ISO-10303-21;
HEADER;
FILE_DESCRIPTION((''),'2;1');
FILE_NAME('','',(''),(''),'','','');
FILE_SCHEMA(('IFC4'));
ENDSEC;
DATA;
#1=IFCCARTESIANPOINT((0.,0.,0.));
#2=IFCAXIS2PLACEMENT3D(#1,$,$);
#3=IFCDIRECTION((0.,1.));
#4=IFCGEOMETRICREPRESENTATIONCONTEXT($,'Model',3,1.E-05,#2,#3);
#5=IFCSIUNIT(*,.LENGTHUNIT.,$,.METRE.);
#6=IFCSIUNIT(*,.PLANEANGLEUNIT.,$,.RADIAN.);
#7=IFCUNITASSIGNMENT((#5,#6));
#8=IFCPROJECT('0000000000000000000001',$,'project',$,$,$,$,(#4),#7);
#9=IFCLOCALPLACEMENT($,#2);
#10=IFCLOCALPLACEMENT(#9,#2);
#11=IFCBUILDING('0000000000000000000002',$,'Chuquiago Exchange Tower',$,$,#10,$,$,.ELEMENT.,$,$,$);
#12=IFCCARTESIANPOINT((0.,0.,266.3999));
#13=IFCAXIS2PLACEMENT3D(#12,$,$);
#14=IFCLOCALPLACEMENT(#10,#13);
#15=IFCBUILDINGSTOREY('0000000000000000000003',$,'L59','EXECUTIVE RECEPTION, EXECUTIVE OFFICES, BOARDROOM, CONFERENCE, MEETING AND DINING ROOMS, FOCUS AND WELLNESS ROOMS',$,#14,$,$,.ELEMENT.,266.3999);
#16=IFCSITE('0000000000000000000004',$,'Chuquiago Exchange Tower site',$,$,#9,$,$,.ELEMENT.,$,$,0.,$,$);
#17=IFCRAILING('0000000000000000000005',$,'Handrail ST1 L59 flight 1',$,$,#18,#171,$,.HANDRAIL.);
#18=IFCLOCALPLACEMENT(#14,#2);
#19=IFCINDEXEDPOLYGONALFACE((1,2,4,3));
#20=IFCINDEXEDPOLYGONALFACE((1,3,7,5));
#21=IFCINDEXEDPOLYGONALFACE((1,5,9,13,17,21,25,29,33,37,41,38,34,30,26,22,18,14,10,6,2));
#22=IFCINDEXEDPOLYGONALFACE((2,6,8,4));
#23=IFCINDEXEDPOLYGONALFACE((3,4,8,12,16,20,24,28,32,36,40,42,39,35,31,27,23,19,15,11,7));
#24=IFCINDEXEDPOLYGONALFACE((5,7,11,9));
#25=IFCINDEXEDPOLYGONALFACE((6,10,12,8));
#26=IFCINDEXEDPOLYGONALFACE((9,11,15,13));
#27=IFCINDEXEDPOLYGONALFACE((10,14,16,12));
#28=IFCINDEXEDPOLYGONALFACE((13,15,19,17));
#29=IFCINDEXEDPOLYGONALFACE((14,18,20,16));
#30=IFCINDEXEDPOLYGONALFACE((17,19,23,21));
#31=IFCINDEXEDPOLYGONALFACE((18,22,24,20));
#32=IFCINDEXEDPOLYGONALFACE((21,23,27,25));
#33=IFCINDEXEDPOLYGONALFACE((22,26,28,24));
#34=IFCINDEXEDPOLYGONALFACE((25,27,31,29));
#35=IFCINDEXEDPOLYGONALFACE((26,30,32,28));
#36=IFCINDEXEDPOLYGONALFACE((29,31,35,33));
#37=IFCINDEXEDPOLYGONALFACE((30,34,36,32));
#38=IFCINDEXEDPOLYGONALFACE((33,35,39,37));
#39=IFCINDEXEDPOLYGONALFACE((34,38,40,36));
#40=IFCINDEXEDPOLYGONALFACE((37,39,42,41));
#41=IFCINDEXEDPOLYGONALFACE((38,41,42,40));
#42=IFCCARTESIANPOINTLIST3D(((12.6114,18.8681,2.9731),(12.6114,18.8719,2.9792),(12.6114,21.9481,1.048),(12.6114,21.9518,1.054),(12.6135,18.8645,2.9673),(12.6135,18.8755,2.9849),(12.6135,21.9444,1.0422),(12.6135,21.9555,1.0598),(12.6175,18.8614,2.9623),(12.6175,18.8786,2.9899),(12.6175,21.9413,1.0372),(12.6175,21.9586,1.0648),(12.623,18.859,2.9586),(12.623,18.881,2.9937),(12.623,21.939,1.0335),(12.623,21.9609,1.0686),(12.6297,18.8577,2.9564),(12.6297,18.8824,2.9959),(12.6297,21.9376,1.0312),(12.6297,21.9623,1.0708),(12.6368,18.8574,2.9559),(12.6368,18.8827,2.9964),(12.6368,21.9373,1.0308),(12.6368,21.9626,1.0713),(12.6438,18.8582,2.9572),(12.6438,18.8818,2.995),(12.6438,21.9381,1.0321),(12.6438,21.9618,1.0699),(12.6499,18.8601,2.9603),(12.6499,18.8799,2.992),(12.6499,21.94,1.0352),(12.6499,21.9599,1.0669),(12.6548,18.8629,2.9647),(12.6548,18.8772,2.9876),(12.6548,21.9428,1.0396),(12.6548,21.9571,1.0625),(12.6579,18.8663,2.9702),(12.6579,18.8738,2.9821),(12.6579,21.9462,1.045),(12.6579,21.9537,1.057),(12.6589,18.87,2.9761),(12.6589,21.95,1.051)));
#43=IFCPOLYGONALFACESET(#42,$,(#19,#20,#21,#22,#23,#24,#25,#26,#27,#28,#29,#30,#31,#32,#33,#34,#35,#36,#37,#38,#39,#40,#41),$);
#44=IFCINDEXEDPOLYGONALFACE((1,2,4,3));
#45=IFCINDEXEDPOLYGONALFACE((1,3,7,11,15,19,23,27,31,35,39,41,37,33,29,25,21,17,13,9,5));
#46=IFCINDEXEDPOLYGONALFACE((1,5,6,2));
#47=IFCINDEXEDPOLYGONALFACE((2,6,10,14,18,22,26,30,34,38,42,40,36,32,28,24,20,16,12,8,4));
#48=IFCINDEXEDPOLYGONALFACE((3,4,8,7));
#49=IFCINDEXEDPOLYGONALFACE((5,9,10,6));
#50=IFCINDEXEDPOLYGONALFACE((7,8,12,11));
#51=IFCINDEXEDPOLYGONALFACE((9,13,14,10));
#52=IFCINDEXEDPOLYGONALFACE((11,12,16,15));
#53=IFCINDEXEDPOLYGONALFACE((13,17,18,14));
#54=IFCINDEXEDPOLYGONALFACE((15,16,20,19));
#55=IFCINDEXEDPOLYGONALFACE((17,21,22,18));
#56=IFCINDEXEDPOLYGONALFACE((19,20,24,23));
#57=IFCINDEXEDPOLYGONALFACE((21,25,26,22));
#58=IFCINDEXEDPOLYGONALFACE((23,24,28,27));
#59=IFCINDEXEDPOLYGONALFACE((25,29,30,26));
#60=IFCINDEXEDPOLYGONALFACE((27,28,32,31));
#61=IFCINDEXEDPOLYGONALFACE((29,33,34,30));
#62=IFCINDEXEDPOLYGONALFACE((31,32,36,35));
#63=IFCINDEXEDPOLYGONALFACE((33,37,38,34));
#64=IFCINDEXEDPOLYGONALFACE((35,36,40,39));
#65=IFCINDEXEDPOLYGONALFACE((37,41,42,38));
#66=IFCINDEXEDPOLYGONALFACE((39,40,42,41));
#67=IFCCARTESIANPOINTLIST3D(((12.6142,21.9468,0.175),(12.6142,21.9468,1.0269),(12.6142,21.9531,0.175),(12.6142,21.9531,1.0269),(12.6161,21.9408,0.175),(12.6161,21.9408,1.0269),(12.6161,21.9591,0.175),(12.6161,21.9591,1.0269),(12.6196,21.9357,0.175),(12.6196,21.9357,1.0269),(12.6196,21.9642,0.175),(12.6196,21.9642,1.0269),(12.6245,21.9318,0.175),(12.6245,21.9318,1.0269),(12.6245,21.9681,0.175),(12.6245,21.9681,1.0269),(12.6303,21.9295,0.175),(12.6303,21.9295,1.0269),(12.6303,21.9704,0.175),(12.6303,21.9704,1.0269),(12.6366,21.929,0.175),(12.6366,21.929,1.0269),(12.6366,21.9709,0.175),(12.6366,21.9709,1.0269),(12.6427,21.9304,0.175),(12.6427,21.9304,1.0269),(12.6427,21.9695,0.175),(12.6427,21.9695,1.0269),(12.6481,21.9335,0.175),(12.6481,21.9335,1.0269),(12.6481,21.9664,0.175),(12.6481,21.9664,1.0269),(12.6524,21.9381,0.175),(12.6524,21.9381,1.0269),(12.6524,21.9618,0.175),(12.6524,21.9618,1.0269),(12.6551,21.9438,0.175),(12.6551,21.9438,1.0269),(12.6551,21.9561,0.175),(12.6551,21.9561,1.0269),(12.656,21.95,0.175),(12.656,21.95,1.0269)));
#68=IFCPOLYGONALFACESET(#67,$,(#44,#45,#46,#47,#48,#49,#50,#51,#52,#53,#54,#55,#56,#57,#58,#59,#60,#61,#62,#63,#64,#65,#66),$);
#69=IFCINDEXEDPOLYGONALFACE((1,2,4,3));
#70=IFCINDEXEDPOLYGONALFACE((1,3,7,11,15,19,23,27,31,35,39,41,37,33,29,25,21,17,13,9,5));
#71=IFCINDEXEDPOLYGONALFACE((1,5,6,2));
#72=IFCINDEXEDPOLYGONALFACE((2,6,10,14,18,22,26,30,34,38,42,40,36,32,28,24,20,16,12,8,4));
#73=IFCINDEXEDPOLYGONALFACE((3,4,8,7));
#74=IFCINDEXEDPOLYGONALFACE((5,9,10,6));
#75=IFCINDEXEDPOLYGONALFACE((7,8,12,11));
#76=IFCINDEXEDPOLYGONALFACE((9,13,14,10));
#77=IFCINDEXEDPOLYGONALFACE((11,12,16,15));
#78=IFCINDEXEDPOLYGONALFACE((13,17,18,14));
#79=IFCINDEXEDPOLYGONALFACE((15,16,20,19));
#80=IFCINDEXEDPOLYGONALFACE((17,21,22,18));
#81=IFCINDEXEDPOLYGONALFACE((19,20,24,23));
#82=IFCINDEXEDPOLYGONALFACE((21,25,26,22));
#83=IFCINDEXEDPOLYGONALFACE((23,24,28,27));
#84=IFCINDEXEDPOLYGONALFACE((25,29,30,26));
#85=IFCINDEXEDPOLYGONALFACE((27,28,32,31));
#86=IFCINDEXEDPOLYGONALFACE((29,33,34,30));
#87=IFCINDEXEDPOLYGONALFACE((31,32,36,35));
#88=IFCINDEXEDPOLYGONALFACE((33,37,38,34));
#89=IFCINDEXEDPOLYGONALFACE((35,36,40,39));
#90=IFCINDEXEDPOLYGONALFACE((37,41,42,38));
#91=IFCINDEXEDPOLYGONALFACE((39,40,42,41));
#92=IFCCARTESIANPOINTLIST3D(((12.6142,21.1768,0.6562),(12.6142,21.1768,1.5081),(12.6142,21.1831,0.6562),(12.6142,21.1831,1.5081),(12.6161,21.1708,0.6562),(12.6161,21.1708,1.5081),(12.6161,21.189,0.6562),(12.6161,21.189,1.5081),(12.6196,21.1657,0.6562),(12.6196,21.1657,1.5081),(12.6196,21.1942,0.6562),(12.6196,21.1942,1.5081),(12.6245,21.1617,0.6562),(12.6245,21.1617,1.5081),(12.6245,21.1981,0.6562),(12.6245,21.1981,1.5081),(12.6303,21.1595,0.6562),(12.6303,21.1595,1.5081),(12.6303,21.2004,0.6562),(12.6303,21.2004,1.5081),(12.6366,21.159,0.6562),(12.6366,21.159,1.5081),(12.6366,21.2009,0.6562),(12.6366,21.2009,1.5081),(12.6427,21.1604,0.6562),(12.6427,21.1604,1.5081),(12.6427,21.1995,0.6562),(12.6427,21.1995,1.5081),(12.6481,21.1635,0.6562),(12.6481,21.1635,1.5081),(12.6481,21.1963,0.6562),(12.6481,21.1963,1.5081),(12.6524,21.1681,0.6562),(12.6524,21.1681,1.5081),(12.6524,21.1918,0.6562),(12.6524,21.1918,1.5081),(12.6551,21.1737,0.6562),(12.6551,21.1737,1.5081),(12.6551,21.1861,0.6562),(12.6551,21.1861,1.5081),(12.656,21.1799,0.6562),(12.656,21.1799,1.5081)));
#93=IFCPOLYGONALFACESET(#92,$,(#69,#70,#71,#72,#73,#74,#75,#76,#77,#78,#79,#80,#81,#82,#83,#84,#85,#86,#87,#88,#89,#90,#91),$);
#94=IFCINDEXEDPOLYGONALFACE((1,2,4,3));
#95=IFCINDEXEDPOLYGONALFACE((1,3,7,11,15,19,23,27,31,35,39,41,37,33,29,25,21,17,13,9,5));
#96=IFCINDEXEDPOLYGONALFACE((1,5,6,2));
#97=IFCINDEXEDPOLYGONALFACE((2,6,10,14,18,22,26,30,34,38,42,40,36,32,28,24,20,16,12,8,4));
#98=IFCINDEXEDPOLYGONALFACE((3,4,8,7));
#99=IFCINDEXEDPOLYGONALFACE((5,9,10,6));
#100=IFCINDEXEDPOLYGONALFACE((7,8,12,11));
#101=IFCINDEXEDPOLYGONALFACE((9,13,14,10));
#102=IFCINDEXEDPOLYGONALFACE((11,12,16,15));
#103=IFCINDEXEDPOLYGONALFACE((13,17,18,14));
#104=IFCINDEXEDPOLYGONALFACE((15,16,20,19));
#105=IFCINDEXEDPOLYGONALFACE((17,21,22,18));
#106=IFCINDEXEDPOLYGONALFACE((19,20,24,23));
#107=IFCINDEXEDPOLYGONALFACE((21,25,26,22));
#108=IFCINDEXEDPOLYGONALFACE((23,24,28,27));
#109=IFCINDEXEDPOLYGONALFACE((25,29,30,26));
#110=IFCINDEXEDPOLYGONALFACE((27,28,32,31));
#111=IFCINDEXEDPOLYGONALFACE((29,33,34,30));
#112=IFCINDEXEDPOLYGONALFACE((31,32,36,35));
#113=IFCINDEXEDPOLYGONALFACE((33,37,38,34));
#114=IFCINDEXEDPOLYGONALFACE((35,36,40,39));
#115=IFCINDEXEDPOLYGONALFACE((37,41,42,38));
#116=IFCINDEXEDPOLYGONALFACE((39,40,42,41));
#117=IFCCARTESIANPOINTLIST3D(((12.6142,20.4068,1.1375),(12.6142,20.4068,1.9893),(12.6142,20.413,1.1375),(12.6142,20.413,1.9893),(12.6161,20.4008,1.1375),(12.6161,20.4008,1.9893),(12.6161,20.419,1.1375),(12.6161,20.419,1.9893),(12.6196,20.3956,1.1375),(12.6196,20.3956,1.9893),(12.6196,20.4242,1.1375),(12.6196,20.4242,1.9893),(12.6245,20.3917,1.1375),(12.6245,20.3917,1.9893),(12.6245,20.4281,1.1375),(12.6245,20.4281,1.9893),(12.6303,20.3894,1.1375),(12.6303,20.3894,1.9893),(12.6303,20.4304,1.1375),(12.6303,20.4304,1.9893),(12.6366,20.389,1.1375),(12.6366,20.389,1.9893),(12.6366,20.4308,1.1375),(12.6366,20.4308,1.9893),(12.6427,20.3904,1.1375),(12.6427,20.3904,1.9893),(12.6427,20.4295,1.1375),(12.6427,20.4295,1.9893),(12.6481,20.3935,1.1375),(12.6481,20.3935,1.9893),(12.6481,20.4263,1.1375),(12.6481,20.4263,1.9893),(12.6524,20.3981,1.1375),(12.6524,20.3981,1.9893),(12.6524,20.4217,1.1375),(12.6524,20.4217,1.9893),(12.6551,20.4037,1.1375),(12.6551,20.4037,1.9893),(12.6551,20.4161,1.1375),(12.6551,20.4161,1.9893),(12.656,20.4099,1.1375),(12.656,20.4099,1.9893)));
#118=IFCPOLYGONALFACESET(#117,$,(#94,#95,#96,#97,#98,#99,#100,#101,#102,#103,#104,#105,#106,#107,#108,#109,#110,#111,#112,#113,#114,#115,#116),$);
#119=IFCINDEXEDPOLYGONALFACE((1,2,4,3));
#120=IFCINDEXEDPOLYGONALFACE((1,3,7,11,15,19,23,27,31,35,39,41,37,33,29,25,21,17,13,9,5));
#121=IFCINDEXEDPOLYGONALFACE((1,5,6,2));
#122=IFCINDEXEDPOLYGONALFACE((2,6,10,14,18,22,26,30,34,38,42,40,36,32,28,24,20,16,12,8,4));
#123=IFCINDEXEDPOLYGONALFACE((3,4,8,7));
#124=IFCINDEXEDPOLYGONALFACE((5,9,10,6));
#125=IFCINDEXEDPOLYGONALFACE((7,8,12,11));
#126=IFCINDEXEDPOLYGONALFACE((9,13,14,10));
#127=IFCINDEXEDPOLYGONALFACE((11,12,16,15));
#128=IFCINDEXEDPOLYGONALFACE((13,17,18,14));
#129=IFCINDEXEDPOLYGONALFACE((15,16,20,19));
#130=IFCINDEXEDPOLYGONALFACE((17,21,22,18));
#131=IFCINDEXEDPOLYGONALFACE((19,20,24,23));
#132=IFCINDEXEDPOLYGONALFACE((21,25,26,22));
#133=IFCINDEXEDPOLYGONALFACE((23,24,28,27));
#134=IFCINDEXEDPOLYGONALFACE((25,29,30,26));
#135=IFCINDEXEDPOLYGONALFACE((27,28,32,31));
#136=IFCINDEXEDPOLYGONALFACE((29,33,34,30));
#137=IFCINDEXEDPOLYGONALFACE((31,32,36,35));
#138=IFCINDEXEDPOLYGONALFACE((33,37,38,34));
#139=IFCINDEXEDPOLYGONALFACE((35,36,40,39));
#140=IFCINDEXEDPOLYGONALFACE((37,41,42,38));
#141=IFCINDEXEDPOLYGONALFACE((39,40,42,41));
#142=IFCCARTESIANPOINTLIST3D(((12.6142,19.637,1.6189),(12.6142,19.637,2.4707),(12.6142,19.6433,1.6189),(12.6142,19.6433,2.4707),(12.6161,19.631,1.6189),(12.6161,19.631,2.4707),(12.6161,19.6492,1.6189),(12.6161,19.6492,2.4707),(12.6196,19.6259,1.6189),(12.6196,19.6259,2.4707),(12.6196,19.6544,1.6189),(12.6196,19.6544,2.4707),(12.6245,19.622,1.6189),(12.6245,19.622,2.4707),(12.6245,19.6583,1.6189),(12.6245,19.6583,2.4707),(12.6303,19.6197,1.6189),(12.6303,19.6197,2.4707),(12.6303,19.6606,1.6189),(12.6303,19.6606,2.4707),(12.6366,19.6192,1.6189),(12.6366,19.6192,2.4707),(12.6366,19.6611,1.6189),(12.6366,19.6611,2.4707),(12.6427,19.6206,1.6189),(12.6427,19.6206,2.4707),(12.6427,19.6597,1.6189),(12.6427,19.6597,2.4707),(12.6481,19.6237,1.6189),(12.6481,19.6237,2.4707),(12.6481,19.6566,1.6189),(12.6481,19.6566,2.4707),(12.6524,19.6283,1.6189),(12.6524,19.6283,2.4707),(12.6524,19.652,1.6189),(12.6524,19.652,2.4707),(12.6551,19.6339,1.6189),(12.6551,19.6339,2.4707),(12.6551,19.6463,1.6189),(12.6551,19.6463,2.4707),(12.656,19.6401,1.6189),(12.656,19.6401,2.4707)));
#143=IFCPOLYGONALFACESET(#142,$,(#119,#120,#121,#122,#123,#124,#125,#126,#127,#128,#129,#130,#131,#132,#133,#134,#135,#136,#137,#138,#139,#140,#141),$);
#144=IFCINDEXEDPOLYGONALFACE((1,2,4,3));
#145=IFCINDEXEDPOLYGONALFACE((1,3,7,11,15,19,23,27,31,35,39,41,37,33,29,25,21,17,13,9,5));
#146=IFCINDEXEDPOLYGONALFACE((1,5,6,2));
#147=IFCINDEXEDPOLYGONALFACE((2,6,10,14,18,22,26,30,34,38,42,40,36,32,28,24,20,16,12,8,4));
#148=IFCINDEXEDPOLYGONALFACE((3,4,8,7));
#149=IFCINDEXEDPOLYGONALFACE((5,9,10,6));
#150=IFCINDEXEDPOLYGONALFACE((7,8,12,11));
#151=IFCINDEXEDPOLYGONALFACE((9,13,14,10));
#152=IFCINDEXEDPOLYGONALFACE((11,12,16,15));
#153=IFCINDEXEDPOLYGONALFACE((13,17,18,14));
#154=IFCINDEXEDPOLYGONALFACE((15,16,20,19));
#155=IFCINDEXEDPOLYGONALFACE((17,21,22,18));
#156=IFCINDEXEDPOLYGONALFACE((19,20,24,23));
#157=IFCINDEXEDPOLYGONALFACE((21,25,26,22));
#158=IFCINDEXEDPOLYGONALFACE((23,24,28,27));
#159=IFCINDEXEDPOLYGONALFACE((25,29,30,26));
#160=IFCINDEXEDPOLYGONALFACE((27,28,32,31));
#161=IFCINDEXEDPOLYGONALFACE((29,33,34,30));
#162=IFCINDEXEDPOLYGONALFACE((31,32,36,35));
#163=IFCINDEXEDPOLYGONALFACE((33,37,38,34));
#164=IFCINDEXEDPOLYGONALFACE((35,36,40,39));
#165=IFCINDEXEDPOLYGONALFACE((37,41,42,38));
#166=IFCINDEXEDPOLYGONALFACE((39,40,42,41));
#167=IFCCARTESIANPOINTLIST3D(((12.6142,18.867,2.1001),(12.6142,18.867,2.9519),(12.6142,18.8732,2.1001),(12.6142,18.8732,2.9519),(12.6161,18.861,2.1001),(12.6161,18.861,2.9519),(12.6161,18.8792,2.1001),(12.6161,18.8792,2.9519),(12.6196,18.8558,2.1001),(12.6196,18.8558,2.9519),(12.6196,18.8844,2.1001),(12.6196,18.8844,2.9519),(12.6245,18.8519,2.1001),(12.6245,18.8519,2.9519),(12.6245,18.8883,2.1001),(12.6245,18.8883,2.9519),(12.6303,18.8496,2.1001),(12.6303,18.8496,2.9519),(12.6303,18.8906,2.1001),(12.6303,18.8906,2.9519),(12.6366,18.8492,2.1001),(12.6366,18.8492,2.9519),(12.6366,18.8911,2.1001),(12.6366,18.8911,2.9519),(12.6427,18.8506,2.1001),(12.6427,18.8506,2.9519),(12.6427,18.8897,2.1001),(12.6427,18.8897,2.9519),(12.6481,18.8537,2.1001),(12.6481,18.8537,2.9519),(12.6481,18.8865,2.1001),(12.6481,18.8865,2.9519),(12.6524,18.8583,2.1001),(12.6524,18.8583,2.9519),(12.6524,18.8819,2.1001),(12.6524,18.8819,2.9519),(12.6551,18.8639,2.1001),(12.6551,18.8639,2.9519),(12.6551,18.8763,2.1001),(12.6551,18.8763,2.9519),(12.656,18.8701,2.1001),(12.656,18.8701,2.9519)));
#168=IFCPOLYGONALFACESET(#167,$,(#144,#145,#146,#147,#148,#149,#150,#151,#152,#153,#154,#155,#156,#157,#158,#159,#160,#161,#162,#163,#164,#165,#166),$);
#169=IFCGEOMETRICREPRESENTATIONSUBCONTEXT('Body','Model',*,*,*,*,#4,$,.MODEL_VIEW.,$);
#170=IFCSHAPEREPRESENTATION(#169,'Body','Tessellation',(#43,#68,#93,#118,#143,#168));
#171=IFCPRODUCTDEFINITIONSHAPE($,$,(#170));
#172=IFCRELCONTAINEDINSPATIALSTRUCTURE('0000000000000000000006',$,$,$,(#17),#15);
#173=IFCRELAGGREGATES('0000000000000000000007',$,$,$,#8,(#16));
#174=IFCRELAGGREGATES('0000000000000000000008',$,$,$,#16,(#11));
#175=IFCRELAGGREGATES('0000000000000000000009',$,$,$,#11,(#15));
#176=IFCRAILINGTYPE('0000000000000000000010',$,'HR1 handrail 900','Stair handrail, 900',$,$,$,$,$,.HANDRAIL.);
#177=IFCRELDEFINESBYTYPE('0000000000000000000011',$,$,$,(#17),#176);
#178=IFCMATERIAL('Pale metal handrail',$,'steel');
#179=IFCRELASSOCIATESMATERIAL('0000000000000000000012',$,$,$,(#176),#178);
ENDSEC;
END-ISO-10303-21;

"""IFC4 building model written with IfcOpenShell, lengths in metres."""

from ifc_helpers import new_model, si_unit, direction, frame, origin, origin_2d, place, context, subcontext, project, spatial, circle, extrude, material, type_object, element, save


model = new_model("IFC4")

# Units and contexts
model_context = context("Model", 3, precision=1e-05, world=origin(), true_north=direction((0.0, 1.0)))
body_context = subcontext(model_context, "Body", "Model", "MODEL_VIEW")
ifc_project = project(units=[si_unit("LENGTHUNIT", "METRE"), si_unit("PLANEANGLEUNIT", "RADIAN")], contexts=[model_context])

# Site, building, storey
site_placement = place(None, origin())
site = spatial("IfcSite", under=ifc_project, at=site_placement, Name="Chuquiago Exchange Tower site", CompositionType="ELEMENT", RefElevation=0.0)
building_placement = place(site_placement, origin())
building = spatial("IfcBuilding", under=site, at=building_placement, Name="Chuquiago Exchange Tower", CompositionType="ELEMENT")
storey_placement = place(building_placement, frame((0.0, 0.0, 266.3999)))
storey = spatial("IfcBuildingStorey", under=building, at=storey_placement, Name="L59", Description="EXECUTIVE RECEPTION, EXECUTIVE OFFICES, BOARDROOM, CONFERENCE, MEETING AND DINING ROOMS, FOCUS AND WELLNESS ROOMS", CompositionType="ELEMENT", Elevation=266.3999)

# Railing
ifc_material_1 = material(Name="Pale metal handrail", Category="steel")
railing_type_1 = type_object("IfcRailingType", Name="HR1 handrail 900", Description="Stair handrail, 900", PredefinedType="HANDRAIL", material=ifc_material_1)
for number, where, name in (
    (1, (12.635, 21.95, 0.175), "Handrail ST1 L59 flight 1"),
):
    element("IfcRailing", number, at=place(storey_placement, frame(where)), inside=storey, type_object=railing_type_1, Name=name, PredefinedType="HANDRAIL", context=body_context, shape_type="SweptSolid", body=[
        extrude(circle(Radius=0.0239, at=origin_2d()), frame((0.0, 0.0, 0.876), z_axis=(0.0, -0.847979, 0.530029), x_axis=(1.0, 0.0, 0.0)), (0.0, 0.0, 1.0), 3.6321),
        extrude(circle(Radius=0.021, at=origin_2d()), origin(), (0.0, 0.0, 1.0), 0.8518),
        extrude(circle(Radius=0.021, at=origin_2d()), frame((0.0, -0.77, 0.4812)), (0.0, 0.0, 1.0), 0.8518),
        extrude(circle(Radius=0.021, at=origin_2d()), frame((0.0, -1.54, 0.9624)), (0.0, 0.0, 1.0), 0.8518),
        extrude(circle(Radius=0.021, at=origin_2d()), frame((0.0, -2.3098, 1.4438)), (0.0, 0.0, 1.0), 0.8518),
        extrude(circle(Radius=0.021, at=origin_2d()), frame((0.0, -3.0798, 1.925)), (0.0, 0.0, 1.0), 0.8518),
    ])

save(model, "model.ifc")
